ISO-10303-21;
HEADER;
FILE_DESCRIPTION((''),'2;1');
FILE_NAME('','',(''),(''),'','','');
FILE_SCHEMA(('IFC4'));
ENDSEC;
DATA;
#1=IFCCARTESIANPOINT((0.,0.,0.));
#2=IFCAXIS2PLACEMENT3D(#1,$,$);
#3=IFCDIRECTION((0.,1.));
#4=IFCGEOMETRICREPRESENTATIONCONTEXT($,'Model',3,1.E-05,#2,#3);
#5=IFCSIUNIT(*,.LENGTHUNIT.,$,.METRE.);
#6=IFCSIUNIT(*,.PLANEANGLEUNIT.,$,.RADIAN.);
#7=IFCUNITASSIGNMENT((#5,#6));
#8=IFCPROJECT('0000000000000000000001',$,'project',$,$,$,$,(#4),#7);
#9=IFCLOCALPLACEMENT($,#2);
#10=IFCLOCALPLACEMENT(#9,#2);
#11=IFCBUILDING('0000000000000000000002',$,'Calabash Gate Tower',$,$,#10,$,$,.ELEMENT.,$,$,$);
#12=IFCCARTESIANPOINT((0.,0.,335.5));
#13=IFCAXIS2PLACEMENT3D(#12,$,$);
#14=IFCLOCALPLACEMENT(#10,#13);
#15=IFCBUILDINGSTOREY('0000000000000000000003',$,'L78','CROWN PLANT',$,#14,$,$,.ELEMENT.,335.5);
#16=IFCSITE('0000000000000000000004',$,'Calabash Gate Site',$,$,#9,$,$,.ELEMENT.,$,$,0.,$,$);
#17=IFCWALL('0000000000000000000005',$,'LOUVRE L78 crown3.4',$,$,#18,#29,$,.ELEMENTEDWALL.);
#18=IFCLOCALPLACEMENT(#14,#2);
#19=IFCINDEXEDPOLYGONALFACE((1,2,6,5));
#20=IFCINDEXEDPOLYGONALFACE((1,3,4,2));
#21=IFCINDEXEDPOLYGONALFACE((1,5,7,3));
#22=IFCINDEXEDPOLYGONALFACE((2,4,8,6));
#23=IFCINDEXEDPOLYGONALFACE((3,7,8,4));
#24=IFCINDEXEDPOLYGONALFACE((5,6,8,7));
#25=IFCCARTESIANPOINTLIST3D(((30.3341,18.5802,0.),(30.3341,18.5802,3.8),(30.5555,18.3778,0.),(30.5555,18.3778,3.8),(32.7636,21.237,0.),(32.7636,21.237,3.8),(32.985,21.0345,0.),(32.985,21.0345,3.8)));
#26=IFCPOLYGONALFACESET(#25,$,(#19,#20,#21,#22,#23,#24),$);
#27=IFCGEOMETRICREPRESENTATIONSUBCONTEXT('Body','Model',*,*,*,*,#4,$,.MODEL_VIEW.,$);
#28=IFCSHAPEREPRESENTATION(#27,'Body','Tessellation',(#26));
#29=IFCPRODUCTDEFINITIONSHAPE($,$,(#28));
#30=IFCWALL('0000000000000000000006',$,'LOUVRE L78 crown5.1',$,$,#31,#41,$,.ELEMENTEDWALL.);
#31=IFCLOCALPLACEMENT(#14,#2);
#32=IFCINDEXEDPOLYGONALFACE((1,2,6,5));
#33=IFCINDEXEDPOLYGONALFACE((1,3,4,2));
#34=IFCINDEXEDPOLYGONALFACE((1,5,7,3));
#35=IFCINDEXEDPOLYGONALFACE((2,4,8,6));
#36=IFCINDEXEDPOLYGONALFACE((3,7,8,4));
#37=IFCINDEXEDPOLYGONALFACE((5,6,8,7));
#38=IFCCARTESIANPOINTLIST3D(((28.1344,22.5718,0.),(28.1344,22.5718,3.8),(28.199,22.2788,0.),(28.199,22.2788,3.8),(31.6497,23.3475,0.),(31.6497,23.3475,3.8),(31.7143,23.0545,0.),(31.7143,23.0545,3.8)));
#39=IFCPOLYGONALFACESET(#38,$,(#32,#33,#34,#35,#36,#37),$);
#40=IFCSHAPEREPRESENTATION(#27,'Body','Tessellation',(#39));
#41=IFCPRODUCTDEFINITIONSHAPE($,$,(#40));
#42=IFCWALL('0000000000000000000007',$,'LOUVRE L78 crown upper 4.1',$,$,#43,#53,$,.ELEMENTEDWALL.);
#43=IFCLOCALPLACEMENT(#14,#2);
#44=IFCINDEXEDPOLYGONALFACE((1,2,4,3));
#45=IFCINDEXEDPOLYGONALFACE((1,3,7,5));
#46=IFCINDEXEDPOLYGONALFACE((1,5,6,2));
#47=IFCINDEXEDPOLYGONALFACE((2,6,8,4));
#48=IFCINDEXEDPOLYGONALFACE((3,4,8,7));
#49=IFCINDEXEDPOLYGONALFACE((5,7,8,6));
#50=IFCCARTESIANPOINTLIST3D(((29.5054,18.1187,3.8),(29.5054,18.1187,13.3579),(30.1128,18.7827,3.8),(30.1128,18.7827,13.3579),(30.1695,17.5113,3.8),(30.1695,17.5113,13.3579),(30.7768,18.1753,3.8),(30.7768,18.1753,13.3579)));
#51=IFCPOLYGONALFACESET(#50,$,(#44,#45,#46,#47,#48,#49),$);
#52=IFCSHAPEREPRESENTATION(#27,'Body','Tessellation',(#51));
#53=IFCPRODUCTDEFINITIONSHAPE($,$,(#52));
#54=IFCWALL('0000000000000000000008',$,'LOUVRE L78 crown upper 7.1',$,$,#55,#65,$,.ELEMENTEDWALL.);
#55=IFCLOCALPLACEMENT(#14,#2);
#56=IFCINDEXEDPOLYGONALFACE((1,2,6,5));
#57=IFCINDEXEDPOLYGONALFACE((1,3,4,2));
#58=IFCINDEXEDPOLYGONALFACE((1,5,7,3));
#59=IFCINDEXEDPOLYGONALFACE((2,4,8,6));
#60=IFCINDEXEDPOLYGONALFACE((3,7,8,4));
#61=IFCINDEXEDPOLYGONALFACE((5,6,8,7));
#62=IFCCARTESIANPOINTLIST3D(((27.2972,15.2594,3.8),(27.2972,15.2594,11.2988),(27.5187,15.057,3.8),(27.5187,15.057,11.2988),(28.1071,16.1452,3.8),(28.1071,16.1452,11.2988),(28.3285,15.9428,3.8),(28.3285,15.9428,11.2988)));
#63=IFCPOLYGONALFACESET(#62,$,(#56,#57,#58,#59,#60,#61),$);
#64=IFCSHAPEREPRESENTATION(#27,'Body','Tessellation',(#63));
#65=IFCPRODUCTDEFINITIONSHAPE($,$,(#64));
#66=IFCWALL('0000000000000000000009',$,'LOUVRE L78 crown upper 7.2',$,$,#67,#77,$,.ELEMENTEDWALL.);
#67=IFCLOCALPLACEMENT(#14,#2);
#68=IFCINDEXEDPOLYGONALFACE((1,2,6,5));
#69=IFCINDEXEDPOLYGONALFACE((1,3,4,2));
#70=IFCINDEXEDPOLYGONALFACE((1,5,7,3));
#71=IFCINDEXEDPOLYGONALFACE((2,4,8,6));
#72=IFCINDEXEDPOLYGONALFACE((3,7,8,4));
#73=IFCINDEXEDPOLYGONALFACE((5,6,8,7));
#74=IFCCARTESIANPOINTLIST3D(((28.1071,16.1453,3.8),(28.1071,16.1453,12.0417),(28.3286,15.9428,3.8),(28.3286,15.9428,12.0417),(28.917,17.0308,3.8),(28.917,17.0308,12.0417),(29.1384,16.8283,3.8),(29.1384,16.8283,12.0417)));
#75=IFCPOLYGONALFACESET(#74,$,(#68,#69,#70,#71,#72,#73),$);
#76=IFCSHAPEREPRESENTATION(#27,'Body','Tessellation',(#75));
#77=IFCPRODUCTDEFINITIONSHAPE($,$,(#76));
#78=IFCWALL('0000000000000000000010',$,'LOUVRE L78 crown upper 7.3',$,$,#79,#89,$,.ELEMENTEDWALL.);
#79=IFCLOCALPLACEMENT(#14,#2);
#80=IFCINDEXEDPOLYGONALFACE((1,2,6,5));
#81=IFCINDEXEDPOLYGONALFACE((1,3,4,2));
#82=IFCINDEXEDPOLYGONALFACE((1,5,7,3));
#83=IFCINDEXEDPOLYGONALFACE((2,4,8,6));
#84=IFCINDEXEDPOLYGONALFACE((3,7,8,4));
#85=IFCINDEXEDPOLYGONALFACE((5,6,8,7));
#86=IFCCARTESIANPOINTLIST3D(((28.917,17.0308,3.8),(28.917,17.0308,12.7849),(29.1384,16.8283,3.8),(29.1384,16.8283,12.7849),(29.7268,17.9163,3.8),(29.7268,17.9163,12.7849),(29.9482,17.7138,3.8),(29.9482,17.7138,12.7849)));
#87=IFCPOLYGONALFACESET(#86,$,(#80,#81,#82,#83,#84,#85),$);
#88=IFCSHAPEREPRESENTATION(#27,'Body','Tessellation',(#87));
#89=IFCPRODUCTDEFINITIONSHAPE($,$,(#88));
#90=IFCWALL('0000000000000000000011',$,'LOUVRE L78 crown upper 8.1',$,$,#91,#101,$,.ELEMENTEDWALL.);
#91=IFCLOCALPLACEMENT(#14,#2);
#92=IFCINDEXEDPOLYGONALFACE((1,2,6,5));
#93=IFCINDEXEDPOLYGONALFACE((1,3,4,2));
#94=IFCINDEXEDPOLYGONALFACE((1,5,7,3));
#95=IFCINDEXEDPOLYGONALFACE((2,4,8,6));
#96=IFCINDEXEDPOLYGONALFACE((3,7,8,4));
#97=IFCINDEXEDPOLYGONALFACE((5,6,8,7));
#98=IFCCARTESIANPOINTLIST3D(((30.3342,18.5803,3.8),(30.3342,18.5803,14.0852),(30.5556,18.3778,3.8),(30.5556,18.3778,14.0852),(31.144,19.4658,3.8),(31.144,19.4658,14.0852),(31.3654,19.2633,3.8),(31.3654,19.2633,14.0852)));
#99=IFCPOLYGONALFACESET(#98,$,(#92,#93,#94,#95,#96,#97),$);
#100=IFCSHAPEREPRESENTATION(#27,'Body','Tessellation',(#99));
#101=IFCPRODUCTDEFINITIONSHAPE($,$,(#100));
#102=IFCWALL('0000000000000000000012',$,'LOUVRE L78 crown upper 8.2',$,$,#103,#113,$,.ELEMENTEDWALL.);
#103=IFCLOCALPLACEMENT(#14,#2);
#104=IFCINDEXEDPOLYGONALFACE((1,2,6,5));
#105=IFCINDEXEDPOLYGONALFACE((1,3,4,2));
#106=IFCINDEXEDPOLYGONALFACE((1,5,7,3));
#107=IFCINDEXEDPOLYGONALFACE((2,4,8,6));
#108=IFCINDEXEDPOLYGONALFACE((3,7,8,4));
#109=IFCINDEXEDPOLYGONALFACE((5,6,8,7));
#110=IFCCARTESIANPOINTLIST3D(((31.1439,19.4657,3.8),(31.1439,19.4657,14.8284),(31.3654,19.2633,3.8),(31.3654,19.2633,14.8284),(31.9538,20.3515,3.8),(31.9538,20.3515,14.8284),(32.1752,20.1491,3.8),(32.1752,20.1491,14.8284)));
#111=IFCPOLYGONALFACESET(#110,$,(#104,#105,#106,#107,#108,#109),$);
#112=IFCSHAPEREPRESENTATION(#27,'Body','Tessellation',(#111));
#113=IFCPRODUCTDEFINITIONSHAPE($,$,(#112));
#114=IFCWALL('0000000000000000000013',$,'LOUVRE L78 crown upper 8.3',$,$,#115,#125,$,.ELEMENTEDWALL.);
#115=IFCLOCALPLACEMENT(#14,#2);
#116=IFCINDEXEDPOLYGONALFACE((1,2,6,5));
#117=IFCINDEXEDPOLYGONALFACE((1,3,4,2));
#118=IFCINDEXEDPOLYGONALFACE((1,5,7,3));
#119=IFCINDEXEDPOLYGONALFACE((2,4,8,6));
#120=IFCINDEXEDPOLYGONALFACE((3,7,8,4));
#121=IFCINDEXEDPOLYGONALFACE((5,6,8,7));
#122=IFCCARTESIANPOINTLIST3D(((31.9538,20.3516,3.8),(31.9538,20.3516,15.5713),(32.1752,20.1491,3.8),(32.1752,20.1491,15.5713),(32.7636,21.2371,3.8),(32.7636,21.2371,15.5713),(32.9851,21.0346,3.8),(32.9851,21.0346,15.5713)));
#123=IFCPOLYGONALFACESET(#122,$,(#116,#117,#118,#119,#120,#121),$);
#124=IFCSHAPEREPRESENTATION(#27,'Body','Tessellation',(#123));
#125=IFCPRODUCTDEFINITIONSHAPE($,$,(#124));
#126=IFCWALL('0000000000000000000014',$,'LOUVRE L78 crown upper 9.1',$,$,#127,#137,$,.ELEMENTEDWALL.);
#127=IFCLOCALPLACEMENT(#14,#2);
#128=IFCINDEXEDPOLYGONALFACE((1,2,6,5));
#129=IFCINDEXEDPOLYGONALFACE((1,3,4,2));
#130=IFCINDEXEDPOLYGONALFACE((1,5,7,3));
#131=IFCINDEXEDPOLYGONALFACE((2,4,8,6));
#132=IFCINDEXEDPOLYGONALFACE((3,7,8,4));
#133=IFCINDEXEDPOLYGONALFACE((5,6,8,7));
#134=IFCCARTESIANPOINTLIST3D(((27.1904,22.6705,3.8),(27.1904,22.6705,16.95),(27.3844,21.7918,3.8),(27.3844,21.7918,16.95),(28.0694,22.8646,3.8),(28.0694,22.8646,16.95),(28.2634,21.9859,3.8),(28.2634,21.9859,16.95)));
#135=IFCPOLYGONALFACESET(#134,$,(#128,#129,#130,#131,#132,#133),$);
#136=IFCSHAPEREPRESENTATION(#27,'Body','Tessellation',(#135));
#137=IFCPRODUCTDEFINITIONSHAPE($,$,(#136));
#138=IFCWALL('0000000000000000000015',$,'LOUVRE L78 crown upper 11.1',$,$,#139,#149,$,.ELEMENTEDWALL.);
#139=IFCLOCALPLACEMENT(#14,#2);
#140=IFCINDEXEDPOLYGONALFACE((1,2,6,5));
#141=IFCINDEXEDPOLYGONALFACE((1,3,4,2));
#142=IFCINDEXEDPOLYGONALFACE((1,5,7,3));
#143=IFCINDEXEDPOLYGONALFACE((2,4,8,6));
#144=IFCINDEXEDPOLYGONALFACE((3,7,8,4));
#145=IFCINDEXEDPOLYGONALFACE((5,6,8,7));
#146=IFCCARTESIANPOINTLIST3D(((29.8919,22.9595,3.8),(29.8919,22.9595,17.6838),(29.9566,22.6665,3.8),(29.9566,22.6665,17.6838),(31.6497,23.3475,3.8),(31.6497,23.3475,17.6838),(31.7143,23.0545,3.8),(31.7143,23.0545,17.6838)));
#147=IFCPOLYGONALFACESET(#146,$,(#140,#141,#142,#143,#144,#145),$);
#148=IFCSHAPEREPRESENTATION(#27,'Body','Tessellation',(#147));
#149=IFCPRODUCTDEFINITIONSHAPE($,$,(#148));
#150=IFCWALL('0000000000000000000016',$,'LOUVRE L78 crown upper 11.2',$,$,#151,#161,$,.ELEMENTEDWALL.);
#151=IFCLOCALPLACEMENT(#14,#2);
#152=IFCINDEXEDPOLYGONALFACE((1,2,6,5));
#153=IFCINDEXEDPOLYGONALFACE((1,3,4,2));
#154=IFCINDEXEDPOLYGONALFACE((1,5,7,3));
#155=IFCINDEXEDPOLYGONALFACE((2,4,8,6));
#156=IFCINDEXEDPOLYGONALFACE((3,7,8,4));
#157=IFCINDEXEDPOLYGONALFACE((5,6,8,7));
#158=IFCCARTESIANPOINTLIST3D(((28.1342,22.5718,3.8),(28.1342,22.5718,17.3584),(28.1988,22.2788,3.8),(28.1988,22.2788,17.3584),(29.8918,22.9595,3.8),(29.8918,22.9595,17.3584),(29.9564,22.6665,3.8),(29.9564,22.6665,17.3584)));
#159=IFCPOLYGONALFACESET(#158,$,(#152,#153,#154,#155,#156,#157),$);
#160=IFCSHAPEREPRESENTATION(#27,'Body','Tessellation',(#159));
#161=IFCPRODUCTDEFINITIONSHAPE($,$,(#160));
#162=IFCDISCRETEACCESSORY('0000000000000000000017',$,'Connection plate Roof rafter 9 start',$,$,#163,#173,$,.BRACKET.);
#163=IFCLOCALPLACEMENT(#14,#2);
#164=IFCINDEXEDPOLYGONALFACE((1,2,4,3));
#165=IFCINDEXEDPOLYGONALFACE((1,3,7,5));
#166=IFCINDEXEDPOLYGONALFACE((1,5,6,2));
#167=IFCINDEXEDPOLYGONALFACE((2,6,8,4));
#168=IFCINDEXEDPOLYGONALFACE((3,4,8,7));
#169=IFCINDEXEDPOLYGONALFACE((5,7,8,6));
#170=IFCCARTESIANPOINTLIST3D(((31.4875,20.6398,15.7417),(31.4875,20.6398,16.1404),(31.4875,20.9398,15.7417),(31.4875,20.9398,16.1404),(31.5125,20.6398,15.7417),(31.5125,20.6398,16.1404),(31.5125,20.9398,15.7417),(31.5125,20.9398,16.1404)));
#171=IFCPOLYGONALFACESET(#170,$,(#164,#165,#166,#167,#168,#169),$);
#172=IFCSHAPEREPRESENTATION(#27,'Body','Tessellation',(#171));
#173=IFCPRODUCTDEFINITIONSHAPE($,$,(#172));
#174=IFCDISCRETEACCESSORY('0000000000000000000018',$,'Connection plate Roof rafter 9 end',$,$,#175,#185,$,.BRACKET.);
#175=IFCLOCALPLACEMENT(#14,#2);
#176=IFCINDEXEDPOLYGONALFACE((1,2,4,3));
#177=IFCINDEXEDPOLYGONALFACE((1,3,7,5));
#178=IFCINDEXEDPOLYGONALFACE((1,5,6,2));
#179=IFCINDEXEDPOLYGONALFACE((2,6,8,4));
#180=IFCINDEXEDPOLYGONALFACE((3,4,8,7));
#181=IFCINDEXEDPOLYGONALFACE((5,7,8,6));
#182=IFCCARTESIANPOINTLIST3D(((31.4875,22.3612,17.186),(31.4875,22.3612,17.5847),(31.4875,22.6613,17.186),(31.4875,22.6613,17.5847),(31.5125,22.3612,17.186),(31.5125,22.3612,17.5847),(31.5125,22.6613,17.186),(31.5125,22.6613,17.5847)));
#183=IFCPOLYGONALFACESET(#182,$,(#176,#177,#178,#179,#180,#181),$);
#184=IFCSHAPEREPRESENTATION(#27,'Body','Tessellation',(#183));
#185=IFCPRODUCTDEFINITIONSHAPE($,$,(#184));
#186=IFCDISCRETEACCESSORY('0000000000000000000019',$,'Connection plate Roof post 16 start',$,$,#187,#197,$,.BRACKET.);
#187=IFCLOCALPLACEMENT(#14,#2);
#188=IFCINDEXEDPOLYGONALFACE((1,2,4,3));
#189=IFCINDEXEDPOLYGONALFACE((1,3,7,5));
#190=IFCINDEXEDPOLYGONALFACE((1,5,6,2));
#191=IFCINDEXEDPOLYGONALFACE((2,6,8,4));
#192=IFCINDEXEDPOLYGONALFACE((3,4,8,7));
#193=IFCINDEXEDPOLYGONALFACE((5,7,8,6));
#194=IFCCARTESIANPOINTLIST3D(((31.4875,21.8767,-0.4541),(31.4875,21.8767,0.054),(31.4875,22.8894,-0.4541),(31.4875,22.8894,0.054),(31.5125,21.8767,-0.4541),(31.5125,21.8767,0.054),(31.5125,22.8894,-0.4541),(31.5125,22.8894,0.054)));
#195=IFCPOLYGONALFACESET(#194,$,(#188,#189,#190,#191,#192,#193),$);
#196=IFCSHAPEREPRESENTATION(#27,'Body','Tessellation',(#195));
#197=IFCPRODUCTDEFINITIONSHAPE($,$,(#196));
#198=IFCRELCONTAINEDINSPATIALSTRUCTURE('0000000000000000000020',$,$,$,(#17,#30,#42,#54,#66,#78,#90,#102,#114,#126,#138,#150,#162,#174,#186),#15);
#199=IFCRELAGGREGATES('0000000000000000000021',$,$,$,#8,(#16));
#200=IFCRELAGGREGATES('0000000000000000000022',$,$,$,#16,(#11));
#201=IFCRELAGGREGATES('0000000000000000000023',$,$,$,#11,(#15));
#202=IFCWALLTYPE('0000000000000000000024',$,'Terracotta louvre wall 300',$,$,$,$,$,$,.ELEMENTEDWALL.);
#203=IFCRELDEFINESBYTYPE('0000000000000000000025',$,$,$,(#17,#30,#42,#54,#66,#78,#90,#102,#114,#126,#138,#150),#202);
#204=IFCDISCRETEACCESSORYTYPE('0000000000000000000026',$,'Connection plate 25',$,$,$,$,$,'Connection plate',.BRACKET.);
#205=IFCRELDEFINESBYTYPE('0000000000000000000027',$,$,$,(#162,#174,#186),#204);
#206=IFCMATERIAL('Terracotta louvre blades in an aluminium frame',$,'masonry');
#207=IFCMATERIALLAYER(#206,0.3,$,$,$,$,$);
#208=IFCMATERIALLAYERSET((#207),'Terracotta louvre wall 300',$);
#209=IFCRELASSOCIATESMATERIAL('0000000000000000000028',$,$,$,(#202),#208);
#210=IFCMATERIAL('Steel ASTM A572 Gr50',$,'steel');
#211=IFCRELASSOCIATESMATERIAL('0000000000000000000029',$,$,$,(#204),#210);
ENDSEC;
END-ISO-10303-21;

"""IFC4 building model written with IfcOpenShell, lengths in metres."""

from ifc_helpers import new_model, si_unit, direction, frame, frame_2d, origin, origin_2d, place, context, subcontext, project, spatial, rectangle, extrude, material, layer, layer_set, type_object, element, save


model = new_model("IFC4")

# Units and contexts
model_context = context("Model", 3, precision=1e-05, world=origin(), true_north=direction((0.0, 1.0)))
body_context = subcontext(model_context, "Body", "Model", "MODEL_VIEW")
ifc_project = project(units=[si_unit("LENGTHUNIT", "METRE"), si_unit("PLANEANGLEUNIT", "RADIAN")], contexts=[model_context])

# Site, building, storey
site_placement = place(None, origin())
site = spatial("IfcSite", under=ifc_project, at=site_placement, Name="Calabash Gate Site", CompositionType="ELEMENT", RefElevation=0.0)
building_placement = place(site_placement, origin())
building = spatial("IfcBuilding", under=site, at=building_placement, Name="Calabash Gate Tower", CompositionType="ELEMENT")
storey_placement = place(building_placement, frame((0.0, 0.0, 335.5)))
storey = spatial("IfcBuildingStorey", under=building, at=storey_placement, Name="L78", Description="CROWN PLANT", CompositionType="ELEMENT", Elevation=335.5)

# Walls
ifc_material_1 = material(Name="Terracotta louvre blades in an aluminium frame", Category="masonry")
ifc_layer_1 = layer(ifc_material_1, 0.3)
ifc_layer_set_1 = layer_set([ifc_layer_1], Name="Terracotta louvre wall 300")
wall_type_1 = type_object("IfcWallType", Name="Terracotta louvre wall 300", PredefinedType="ELEMENTEDWALL", material=ifc_layer_set_1)
for number, where, z_axis, x_axis, name in (
    (1, (30.4448, 18.479, 0.0), (0.0, 0.0, 1.0), (0.674834, 0.73797, 0.0), "LOUVRE L78 crown3.4"),
):
    element("IfcWall", number, at=place(storey_placement, frame(where, z_axis=z_axis, x_axis=x_axis)), inside=storey, type_object=wall_type_1, Name=name, PredefinedType="ELEMENTEDWALL", context=body_context, shape_type="SweptSolid", body=[
        extrude(rectangle(XDim=3.6001, YDim=0.3, at=frame_2d((1.8, 0.0))), origin(), (0.0, 0.0, 1.0), 3.8),
    ])
wall_1_placement = place(storey_placement, frame((31.6819, 23.2009, 0.0), z_axis=(0.0, 0.0, 1.0), x_axis=(-0.976513, -0.215458, 0.0)))
element("IfcWall", 2, at=wall_1_placement, inside=storey, type_object=wall_type_1, Name="LOUVRE L78 crown5.1", PredefinedType="ELEMENTEDWALL", context=body_context, shape_type="SweptSolid", body=[
    extrude(rectangle(XDim=3.5999, YDim=0.3, at=frame_2d((1.7998, 0.0))), origin(), (0.0, 0.0, 1.0), 3.8),
])
wall_2_placement = place(storey_placement, frame((30.4448, 18.479, 3.8), z_axis=(0.0, 0.0, 1.0), x_axis=(-0.674938, -0.737874, 0.0)))
element("IfcWall", 3, at=wall_2_placement, inside=storey, type_object=wall_type_1, Name="LOUVRE L78 crown upper 4.1", PredefinedType="ELEMENTEDWALL", context=body_context, shape_type="SweptSolid", body=[
    extrude(rectangle(XDim=0.8999, YDim=0.8999, at=frame_2d((0.45, 0.0))), origin(), (0.0, 0.0, 1.0), 9.5579),
])
wall_3_placement = place(storey_placement, frame((27.408, 15.1582, 3.8), z_axis=(0.0, 0.0, 1.0), x_axis=(0.674766, 0.738032, 0.0)))
element("IfcWall", 4, at=wall_3_placement, inside=storey, type_object=wall_type_1, Name="LOUVRE L78 crown upper 7.1", PredefinedType="ELEMENTEDWALL", context=body_context, shape_type="SweptSolid", body=[
    extrude(rectangle(XDim=1.2002, YDim=0.3, at=frame_2d((0.6001, 0.0))), origin(), (0.0, 0.0, 1.0), 7.4988),
])
wall_4_placement = place(storey_placement, frame((28.2178, 16.0439, 3.8), z_axis=(0.0, 0.0, 1.0), x_axis=(0.674867, 0.737939, 0.0)))
element("IfcWall", 5, at=wall_4_placement, inside=storey, type_object=wall_type_1, Name="LOUVRE L78 crown upper 7.2", PredefinedType="ELEMENTEDWALL", context=body_context, shape_type="SweptSolid", body=[
    extrude(rectangle(XDim=1.2, YDim=0.3, at=frame_2d((0.6001, 0.0))), origin(), (0.0, 0.0, 1.0), 8.2417),
])
wall_5_placement = place(storey_placement, frame((29.0276, 16.9294, 3.8), z_axis=(0.0, 0.0, 1.0), x_axis=(0.674867, 0.737939, 0.0)))
element("IfcWall", 6, at=wall_5_placement, inside=storey, type_object=wall_type_1, Name="LOUVRE L78 crown upper 7.3", PredefinedType="ELEMENTEDWALL", context=body_context, shape_type="SweptSolid", body=[
    extrude(rectangle(XDim=1.2, YDim=0.3, at=frame_2d((0.6001, 0.0))), origin(), (0.0, 0.0, 1.0), 8.9849),
])
wall_6_placement = place(storey_placement, frame((30.4448, 18.479, 3.8), z_axis=(0.0, 0.0, 1.0), x_axis=(0.674867, 0.737939, 0.0)))
element("IfcWall", 7, at=wall_6_placement, inside=storey, type_object=wall_type_1, Name="LOUVRE L78 crown upper 8.1", PredefinedType="ELEMENTEDWALL", context=body_context, shape_type="SweptSolid", body=[
    extrude(rectangle(XDim=1.2, YDim=0.3, at=frame_2d((0.6001, 0.0))), origin(), (0.0, 0.0, 1.0), 10.2852),
])
wall_7_placement = place(storey_placement, frame((31.2546, 19.3645, 3.8), z_axis=(0.0, 0.0, 1.0), x_axis=(0.674766, 0.738032, 0.0)))
element("IfcWall", 8, at=wall_7_placement, inside=storey, type_object=wall_type_1, Name="LOUVRE L78 crown upper 8.2", PredefinedType="ELEMENTEDWALL", context=body_context, shape_type="SweptSolid", body=[
    extrude(rectangle(XDim=1.2002, YDim=0.3, at=frame_2d((0.6001, 0.0))), origin(), (0.0, 0.0, 1.0), 11.0283),
])
wall_8_placement = place(storey_placement, frame((32.0645, 20.2502, 3.8), z_axis=(0.0, 0.0, 1.0), x_axis=(0.674867, 0.737939, 0.0)))
element("IfcWall", 9, at=wall_8_placement, inside=storey, type_object=wall_type_1, Name="LOUVRE L78 crown upper 8.3", PredefinedType="ELEMENTEDWALL", context=body_context, shape_type="SweptSolid", body=[
    extrude(rectangle(XDim=1.2, YDim=0.3, at=frame_2d((0.6001, 0.0))), origin(), (0.0, 0.0, 1.0), 11.7712),
])
wall_9_placement = place(storey_placement, frame((28.1665, 22.4253, 3.8), z_axis=(0.0, 0.0, 1.0), x_axis=(-0.976473, -0.215638, 0.0)))
element("IfcWall", 10, at=wall_9_placement, inside=storey, type_object=wall_type_1, Name="LOUVRE L78 crown upper 9.1", PredefinedType="ELEMENTEDWALL", context=body_context, shape_type="SweptSolid", body=[
    extrude(rectangle(XDim=0.9001, YDim=0.8999, at=frame_2d((0.4502, 0.0))), origin(), (0.0, 0.0, 1.0), 13.1499),
])
wall_10_placement = place(storey_placement, frame((31.6819, 23.2009, 3.8), z_axis=(0.0, 0.0, 1.0), x_axis=(-0.976502, -0.215509, 0.0)))
element("IfcWall", 11, at=wall_10_placement, inside=storey, type_object=wall_type_1, Name="LOUVRE L78 crown upper 11.1", PredefinedType="ELEMENTEDWALL", context=body_context, shape_type="SweptSolid", body=[
    extrude(rectangle(XDim=1.8, YDim=0.3, at=frame_2d((0.8999, 0.0))), origin(), (0.0, 0.0, 1.0), 13.8838),
])
wall_11_placement = place(storey_placement, frame((29.9241, 22.813, 3.8), z_axis=(0.0, 0.0, 1.0), x_axis=(-0.976524, -0.215408, 0.0)))
element("IfcWall", 12, at=wall_11_placement, inside=storey, type_object=wall_type_1, Name="LOUVRE L78 crown upper 11.2", PredefinedType="ELEMENTEDWALL", context=body_context, shape_type="SweptSolid", body=[
    extrude(rectangle(XDim=1.7998, YDim=0.3, at=frame_2d((0.8999, 0.0))), origin(), (0.0, 0.0, 1.0), 13.5583),
])

# Discrete accessories
ifc_material_2 = material(Name="Steel ASTM A572 Gr50", Category="steel")
discrete_accessory_type = type_object("IfcDiscreteAccessoryType", Name="Connection plate 25", ElementType="Connection plate", PredefinedType="BRACKET", material=ifc_material_2)
for number, where, z_axis, x_axis, name in (
    (13, (31.5, 20.7898, 15.7417), (0.0, 0.0, 1.0), (0.0, 1.0, 0.0), "Connection plate Roof rafter 9 start"),
    (14, (31.5, 22.5112, 17.186), (0.0, 0.0, 1.0), (0.0, 1.0, 0.0), "Connection plate Roof rafter 9 end"),
):
    element("IfcDiscreteAccessory", number, at=place(storey_placement, frame(where, z_axis=z_axis, x_axis=x_axis)), inside=storey, type_object=discrete_accessory_type, Name=name, PredefinedType="BRACKET", context=body_context, shape_type="SweptSolid", body=[
        extrude(rectangle(XDim=0.3, YDim=0.0249, at=origin_2d()), origin(), (0.0, 0.0, 1.0), 0.3987),
    ])
discrete_accessory_1_placement = place(storey_placement, frame((31.5, 22.3831, -0.4541), z_axis=(0.0, 0.0, 1.0), x_axis=(0.0, 1.0, 0.0)))
element("IfcDiscreteAccessory", 15, at=discrete_accessory_1_placement, inside=storey, type_object=discrete_accessory_type, Name="Connection plate Roof post 16 start", PredefinedType="BRACKET", context=body_context, shape_type="SweptSolid", body=[
    extrude(rectangle(XDim=1.0127, YDim=0.0249, at=origin_2d()), origin(), (0.0, 0.0, 1.0), 0.5081),
])

save(model, "model.ifc")
